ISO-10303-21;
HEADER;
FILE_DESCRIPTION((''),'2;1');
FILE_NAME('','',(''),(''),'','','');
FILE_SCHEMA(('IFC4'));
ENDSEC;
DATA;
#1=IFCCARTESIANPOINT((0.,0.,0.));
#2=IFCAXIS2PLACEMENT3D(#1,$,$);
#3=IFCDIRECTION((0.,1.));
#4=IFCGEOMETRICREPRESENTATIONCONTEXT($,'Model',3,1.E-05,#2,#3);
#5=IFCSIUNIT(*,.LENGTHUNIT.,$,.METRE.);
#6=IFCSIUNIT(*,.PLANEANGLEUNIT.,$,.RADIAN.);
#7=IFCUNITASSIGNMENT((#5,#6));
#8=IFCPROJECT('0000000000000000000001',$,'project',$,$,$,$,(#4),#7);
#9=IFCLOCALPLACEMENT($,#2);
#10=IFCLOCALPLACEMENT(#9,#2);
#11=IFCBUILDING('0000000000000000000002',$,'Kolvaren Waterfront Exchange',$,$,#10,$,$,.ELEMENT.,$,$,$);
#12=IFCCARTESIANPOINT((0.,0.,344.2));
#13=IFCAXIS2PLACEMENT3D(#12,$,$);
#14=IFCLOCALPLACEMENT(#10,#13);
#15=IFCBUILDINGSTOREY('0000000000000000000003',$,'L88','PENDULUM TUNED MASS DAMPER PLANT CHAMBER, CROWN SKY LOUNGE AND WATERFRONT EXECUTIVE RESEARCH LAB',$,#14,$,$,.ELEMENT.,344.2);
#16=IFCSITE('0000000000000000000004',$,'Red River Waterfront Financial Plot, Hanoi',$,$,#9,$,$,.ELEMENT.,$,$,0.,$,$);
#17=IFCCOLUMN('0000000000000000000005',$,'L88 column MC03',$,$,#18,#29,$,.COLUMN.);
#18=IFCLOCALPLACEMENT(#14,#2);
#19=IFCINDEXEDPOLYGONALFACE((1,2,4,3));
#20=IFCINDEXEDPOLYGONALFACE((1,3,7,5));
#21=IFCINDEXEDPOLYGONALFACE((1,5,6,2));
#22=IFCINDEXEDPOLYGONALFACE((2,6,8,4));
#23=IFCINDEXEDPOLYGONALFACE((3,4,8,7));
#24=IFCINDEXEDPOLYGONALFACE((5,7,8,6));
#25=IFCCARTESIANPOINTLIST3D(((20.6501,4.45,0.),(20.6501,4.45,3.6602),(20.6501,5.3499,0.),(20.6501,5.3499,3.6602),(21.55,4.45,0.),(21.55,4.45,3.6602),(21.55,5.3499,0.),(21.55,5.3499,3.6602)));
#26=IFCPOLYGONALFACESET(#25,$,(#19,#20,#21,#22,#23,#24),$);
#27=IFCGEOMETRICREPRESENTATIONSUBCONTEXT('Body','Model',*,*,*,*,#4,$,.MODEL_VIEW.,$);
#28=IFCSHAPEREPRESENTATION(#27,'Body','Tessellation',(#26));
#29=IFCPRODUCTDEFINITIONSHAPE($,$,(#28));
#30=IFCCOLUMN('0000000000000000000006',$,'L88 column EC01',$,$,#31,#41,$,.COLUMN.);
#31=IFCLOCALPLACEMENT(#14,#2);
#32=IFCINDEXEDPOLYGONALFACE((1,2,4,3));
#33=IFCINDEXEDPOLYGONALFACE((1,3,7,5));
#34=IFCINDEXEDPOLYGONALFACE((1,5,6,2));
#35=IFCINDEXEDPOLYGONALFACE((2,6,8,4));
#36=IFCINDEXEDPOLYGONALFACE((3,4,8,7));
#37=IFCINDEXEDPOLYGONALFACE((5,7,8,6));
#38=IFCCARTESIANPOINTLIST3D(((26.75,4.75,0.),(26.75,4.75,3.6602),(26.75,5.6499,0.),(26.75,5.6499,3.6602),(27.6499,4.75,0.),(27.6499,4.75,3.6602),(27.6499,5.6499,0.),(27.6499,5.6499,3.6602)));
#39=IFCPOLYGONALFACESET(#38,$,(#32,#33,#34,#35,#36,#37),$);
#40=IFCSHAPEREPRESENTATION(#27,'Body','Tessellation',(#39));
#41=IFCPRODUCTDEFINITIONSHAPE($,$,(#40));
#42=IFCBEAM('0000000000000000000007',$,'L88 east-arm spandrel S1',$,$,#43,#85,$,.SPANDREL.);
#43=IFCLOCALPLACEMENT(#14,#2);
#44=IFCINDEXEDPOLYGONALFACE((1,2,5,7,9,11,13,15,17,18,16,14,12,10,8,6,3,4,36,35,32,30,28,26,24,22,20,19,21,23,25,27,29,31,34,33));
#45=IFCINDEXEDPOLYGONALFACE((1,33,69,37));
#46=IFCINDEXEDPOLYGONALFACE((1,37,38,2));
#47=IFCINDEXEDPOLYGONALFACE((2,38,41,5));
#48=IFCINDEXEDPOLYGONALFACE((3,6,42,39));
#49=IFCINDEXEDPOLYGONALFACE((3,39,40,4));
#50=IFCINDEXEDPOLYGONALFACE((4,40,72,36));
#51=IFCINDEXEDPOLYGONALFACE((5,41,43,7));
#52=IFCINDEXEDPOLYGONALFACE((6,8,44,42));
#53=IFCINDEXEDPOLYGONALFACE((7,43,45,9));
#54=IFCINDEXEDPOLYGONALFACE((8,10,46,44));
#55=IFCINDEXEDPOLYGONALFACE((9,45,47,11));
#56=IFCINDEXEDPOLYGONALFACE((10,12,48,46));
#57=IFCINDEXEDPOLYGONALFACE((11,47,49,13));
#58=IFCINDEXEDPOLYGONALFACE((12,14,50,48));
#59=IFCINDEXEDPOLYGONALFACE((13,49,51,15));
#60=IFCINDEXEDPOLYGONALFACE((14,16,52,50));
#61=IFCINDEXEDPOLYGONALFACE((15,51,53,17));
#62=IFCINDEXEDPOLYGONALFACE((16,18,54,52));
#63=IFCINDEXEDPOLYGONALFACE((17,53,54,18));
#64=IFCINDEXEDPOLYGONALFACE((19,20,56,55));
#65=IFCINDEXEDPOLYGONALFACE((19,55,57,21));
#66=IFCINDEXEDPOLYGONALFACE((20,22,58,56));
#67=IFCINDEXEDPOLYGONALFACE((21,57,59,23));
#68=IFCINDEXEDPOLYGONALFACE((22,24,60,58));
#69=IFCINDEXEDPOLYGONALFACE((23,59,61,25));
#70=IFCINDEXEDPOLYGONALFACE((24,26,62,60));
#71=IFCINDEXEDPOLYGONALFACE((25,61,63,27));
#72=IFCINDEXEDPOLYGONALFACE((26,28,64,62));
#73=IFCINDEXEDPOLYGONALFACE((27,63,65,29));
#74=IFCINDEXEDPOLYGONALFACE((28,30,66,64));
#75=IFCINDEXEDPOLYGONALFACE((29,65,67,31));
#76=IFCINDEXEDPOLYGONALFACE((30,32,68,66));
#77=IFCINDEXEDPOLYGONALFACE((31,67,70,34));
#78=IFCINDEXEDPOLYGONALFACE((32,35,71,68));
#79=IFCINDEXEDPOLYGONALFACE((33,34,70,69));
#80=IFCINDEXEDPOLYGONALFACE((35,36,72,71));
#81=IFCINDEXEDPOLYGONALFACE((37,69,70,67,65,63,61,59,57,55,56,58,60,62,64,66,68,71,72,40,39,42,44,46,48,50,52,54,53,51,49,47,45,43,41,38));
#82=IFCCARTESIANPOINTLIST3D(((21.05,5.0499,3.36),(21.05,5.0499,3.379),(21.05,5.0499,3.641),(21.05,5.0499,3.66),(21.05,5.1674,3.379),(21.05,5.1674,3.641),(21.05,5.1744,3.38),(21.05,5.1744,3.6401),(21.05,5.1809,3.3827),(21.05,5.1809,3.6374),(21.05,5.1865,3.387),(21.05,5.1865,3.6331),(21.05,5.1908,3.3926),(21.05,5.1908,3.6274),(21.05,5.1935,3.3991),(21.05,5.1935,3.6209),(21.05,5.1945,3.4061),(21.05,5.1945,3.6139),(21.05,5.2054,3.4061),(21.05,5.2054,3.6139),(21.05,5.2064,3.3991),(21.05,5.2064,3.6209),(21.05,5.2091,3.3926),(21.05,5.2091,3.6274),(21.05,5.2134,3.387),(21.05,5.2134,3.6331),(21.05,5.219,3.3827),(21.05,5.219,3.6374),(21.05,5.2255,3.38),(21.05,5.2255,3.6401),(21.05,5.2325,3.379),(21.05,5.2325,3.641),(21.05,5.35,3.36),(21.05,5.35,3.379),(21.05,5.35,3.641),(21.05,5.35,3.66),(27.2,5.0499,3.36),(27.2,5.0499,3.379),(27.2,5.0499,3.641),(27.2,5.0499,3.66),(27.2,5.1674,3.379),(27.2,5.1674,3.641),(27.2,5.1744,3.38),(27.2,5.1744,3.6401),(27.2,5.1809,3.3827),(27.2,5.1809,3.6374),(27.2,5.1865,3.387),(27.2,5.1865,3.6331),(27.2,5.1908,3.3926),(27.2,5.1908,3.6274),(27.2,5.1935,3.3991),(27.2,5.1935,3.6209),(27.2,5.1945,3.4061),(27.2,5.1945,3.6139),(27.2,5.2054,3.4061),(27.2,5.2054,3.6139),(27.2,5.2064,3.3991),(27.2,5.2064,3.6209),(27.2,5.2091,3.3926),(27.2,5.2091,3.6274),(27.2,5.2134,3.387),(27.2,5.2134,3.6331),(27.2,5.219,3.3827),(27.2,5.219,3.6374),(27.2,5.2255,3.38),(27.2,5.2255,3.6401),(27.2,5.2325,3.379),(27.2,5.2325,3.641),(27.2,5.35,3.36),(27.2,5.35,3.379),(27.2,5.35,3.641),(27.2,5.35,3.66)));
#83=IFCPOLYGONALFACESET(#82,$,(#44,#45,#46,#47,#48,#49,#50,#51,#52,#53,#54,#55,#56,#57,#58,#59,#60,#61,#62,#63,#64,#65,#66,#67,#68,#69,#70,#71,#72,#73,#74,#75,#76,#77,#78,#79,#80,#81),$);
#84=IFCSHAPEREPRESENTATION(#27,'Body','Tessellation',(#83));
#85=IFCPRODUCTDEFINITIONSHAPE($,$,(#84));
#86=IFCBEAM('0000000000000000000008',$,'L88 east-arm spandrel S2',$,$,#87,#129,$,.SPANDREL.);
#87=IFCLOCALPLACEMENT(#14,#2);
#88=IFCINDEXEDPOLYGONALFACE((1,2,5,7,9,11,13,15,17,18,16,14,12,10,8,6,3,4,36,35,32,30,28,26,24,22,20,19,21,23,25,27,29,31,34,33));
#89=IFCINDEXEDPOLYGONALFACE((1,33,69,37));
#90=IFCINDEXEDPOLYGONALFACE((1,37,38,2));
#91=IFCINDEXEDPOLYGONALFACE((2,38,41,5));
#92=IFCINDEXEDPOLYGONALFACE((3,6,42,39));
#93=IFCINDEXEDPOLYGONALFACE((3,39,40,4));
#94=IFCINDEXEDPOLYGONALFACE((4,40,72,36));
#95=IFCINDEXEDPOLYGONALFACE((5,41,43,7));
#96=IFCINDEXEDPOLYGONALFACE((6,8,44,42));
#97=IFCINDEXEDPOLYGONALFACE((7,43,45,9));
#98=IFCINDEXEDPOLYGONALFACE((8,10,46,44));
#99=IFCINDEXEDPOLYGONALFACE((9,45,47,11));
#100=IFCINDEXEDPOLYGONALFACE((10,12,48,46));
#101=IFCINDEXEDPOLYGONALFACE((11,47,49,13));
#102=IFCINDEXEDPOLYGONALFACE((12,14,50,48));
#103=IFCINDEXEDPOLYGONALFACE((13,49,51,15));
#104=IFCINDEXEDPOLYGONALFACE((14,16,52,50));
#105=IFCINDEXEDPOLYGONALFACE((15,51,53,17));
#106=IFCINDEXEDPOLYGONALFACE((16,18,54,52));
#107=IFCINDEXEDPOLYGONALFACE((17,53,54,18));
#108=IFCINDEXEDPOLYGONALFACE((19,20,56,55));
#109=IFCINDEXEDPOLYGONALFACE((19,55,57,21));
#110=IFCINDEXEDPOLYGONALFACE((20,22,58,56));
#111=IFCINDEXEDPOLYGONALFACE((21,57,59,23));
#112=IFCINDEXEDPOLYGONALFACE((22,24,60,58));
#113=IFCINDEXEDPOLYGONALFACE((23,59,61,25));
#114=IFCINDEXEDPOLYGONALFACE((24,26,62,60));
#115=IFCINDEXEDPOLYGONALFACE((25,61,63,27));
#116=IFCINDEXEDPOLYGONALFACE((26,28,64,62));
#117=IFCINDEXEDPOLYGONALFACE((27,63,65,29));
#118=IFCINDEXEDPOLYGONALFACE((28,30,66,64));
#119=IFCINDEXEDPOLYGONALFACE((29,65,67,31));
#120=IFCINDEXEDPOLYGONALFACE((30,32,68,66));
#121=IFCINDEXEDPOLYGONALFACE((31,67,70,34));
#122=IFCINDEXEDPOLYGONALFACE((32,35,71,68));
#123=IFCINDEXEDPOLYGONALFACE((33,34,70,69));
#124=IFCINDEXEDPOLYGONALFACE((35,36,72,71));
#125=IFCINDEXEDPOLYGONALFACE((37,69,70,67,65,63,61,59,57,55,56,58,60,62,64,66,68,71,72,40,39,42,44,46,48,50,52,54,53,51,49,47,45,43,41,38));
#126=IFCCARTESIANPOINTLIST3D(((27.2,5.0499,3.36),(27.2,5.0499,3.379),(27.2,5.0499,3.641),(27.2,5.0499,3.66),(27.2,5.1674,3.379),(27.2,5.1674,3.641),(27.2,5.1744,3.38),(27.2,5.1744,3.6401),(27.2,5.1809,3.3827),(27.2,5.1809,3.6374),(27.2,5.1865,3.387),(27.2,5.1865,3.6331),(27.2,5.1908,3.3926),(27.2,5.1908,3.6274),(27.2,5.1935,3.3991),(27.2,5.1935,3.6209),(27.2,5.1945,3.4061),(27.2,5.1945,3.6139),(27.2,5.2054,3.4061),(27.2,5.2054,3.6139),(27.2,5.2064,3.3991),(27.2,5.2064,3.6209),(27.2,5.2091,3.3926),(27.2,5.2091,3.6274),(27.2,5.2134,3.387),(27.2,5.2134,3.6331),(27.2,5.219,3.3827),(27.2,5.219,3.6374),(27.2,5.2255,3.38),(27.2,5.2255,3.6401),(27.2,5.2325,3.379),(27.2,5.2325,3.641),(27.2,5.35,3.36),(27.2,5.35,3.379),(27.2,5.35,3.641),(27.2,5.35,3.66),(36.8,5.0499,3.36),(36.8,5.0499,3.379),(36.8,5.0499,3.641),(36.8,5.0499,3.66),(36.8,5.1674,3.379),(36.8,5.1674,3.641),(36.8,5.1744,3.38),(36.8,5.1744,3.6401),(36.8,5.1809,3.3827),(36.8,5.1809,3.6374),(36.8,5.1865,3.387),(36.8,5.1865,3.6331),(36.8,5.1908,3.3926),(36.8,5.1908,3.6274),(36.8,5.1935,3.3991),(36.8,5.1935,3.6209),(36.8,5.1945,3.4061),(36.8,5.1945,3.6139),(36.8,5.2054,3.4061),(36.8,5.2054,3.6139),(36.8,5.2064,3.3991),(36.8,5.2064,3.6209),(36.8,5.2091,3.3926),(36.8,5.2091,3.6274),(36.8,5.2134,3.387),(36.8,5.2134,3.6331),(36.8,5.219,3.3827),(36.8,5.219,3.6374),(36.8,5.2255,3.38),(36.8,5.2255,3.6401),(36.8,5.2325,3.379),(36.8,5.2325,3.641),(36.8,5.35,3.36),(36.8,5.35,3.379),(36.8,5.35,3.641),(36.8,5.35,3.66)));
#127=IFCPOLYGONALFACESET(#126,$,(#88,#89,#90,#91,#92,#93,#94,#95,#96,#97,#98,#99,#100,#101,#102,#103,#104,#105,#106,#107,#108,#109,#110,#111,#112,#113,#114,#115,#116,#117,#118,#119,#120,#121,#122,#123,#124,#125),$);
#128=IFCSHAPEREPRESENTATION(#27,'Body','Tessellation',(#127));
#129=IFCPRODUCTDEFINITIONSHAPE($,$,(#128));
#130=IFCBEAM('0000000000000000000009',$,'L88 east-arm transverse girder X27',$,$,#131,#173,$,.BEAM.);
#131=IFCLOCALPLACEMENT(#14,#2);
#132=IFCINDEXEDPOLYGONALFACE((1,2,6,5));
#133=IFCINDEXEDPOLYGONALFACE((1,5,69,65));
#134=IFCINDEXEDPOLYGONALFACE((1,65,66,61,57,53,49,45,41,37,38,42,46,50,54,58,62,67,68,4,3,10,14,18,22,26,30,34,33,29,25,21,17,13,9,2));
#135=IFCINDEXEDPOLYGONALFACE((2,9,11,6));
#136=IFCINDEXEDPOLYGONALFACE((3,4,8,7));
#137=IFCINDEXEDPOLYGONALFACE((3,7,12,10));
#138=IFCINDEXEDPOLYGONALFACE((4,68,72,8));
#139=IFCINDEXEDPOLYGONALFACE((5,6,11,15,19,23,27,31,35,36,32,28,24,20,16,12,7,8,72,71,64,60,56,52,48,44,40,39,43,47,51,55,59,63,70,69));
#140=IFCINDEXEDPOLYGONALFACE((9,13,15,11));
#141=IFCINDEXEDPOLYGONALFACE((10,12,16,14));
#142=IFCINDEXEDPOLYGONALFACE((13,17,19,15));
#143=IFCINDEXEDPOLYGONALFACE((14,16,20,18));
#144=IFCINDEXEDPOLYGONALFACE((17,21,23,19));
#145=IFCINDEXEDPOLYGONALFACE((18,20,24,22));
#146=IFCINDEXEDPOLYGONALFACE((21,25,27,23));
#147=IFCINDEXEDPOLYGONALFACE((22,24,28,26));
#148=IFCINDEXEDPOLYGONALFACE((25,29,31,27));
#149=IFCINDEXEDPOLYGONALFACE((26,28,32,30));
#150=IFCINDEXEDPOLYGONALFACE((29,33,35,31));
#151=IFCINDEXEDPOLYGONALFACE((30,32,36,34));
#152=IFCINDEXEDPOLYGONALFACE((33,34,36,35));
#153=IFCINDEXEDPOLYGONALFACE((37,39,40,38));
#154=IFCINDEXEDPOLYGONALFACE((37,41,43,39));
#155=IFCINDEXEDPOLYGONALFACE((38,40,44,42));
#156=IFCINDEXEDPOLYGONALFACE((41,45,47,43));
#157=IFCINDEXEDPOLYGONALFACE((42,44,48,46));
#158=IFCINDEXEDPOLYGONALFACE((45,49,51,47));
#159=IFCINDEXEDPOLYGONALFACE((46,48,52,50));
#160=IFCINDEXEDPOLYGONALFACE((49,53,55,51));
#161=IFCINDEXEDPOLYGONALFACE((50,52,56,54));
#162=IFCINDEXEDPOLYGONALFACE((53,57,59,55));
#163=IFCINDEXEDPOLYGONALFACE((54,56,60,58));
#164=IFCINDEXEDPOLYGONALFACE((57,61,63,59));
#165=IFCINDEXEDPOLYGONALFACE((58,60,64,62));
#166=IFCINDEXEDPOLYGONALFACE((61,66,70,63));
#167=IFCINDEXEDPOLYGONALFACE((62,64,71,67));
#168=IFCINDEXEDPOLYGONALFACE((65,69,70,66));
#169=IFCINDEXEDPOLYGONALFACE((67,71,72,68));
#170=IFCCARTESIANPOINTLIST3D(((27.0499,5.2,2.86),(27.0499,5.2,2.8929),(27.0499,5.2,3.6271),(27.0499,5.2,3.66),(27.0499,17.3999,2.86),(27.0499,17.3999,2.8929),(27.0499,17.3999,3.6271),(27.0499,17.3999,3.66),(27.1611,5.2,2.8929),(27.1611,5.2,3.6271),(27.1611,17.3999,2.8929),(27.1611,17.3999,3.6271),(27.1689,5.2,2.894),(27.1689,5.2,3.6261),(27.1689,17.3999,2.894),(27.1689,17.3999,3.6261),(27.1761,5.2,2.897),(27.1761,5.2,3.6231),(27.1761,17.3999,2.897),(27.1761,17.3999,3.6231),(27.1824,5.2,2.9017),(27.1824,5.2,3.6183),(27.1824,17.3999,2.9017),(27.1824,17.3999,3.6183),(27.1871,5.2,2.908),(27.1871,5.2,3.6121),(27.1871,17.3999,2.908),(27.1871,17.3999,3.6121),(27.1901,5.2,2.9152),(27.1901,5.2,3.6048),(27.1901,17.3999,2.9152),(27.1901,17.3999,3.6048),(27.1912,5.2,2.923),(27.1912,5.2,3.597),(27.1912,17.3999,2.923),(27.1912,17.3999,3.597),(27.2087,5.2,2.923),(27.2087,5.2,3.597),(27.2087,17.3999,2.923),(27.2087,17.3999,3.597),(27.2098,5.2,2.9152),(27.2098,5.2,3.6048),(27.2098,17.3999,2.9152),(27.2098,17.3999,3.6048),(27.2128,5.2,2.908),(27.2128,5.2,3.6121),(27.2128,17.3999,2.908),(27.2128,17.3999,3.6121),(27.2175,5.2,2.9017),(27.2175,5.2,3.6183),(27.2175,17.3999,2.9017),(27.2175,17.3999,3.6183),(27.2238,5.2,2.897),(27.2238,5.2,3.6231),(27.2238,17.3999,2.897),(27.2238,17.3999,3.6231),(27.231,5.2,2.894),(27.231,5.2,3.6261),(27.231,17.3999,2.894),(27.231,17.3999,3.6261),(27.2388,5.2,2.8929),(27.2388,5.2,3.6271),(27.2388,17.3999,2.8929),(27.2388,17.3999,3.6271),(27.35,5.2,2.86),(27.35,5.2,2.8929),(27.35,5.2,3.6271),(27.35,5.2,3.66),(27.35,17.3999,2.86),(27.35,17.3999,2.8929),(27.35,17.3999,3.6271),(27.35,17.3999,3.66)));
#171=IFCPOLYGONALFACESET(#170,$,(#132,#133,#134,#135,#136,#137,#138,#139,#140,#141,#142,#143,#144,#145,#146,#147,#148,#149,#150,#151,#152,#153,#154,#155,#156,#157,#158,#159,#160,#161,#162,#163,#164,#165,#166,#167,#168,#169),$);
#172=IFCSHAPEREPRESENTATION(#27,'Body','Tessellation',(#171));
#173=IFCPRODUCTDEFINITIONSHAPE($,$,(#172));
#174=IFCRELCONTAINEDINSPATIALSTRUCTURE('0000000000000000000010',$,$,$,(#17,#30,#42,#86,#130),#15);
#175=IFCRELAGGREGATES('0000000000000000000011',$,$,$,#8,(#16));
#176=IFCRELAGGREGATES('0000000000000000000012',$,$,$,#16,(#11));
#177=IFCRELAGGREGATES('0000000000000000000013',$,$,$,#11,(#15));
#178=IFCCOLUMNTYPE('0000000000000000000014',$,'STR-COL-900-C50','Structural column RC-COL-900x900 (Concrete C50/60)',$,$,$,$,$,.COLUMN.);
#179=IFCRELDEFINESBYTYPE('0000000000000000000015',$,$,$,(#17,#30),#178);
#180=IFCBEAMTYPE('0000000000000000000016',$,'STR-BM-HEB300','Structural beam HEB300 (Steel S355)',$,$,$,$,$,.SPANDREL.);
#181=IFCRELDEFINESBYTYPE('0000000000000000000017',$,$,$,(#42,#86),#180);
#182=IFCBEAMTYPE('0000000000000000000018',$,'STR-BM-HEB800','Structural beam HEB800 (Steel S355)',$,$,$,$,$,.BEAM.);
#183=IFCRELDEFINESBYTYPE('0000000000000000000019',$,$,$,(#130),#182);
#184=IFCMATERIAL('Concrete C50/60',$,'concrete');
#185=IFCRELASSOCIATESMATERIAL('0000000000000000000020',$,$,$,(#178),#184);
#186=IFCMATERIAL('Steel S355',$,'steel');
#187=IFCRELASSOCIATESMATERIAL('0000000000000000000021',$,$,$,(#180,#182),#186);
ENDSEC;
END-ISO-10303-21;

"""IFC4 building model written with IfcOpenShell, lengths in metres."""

from ifc_helpers import new_model, si_unit, direction, frame, origin, origin_2d, place, context, subcontext, project, spatial, rectangle, i_section, extrude, material, material_profile, profile_set, type_object, element, save


model = new_model("IFC4")

# Units and contexts
model_context = context("Model", 3, precision=1e-05, world=origin(), true_north=direction((0.0, 1.0)))
body_context = subcontext(model_context, "Body", "Model", "MODEL_VIEW")
ifc_project = project(units=[si_unit("LENGTHUNIT", "METRE"), si_unit("PLANEANGLEUNIT", "RADIAN")], contexts=[model_context])

# Site, building, storey
site_placement = place(None, origin())
site = spatial("IfcSite", under=ifc_project, at=site_placement, Name="Red River Waterfront Financial Plot, Hanoi", CompositionType="ELEMENT", RefElevation=0.0)
building_placement = place(site_placement, origin())
building = spatial("IfcBuilding", under=site, at=building_placement, Name="Kolvaren Waterfront Exchange", CompositionType="ELEMENT")
storey_placement = place(building_placement, frame((0.0, 0.0, 344.2)))
storey = spatial("IfcBuildingStorey", under=building, at=storey_placement, Name="L88", Description="PENDULUM TUNED MASS DAMPER PLANT CHAMBER, CROWN SKY LOUNGE AND WATERFRONT EXECUTIVE RESEARCH LAB", CompositionType="ELEMENT", Elevation=344.2)

# Columns
ifc_material_1 = material(Name="Concrete C50/60", Category="concrete")
ifc_material_profile_1 = material_profile(ifc_material_1, rectangle(XDim=0.8999, YDim=0.8999, at=origin_2d()), Name="RC-COL-900x900")
ifc_profile_set_1 = profile_set([ifc_material_profile_1], Name="Concrete C50/60")
column_type = type_object("IfcColumnType", Name="STR-COL-900-C50", Description="Structural column RC-COL-900x900 (Concrete C50/60)", PredefinedType="COLUMN", material=ifc_profile_set_1)
for number, where, z_axis, x_axis, name in (
    (1, (21.1001, 4.8999, 0.0), (0.0, 0.0, 1.0), (1.0, 0.0, 0.0), "L88 column MC03"),
    (2, (27.2, 5.2, 0.0), (0.0, 0.0, 1.0), (1.0, 0.0, 0.0), "L88 column EC01"),
):
    element("IfcColumn", number, at=place(storey_placement, frame(where, z_axis=z_axis, x_axis=x_axis)), inside=storey, type_object=column_type, Name=name, PredefinedType="COLUMN", context=body_context, shape_type="SweptSolid", body=[
        extrude(rectangle(XDim=0.8999, YDim=0.8999, at=origin_2d()), origin(), (0.0, 0.0, 1.0), 3.6602),
    ])

# Beams
ifc_material_2 = material(Name="Steel S355", Category="steel")
ifc_material_profile_2 = material_profile(ifc_material_2, i_section(OverallWidth=0.3, OverallDepth=0.3, WebThickness=0.011, FlangeThickness=0.019, FilletRadius=0.0271, at=origin_2d()), Name="HEB300")
ifc_profile_set_2 = profile_set([ifc_material_profile_2], Name="Steel S355")
beam_type_1 = type_object("IfcBeamType", Name="STR-BM-HEB300", Description="Structural beam HEB300 (Steel S355)", PredefinedType="SPANDREL", material=ifc_profile_set_2)
beam_1_placement = place(storey_placement, frame((21.05, 5.2, 3.51), z_axis=(1.0, 0.0, 0.0), x_axis=(0.0, 1.0, 0.0)))
element("IfcBeam", 3, at=beam_1_placement, inside=storey, type_object=beam_type_1, Name="L88 east-arm spandrel S1", PredefinedType="SPANDREL", context=body_context, shape_type="SweptSolid", body=[
    extrude(i_section(OverallWidth=0.3, OverallDepth=0.3, WebThickness=0.011, FlangeThickness=0.019, FilletRadius=0.0271, at=origin_2d()), origin(), (0.0, 0.0, 1.0), 6.1499),
])
beam_2_placement = place(storey_placement, frame((27.2, 5.2, 3.51), z_axis=(1.0, 0.0, 0.0), x_axis=(0.0, 1.0, 0.0)))
element("IfcBeam", 4, at=beam_2_placement, inside=storey, type_object=beam_type_1, Name="L88 east-arm spandrel S2", PredefinedType="SPANDREL", context=body_context, shape_type="SweptSolid", body=[
    extrude(i_section(OverallWidth=0.3, OverallDepth=0.3, WebThickness=0.011, FlangeThickness=0.019, FilletRadius=0.0271, at=origin_2d()), origin(), (0.0, 0.0, 1.0), 9.6001),
])
ifc_material_profile_3 = material_profile(ifc_material_2, i_section(OverallWidth=0.3, OverallDepth=0.8, WebThickness=0.0176, FlangeThickness=0.033, FilletRadius=0.03, at=origin_2d()), Name="HEB800")
ifc_profile_set_3 = profile_set([ifc_material_profile_3], Name="Steel S355")
beam_type_2 = type_object("IfcBeamType", Name="STR-BM-HEB800", Description="Structural beam HEB800 (Steel S355)", PredefinedType="BEAM", material=ifc_profile_set_3)
beam_3_placement = place(storey_placement, frame((27.2, 5.2, 3.26), z_axis=(0.0, 1.0, 0.0), x_axis=(-1.0, 0.0, 0.0)))
element("IfcBeam", 5, at=beam_3_placement, inside=storey, type_object=beam_type_2, Name="L88 east-arm transverse girder X27", PredefinedType="BEAM", context=body_context, shape_type="SweptSolid", body=[
    extrude(i_section(OverallWidth=0.3, OverallDepth=0.8, WebThickness=0.0176, FlangeThickness=0.033, FilletRadius=0.03, at=origin_2d()), origin(), (0.0, 0.0, 1.0), 12.2),
])

save(model, "model.ifc")
